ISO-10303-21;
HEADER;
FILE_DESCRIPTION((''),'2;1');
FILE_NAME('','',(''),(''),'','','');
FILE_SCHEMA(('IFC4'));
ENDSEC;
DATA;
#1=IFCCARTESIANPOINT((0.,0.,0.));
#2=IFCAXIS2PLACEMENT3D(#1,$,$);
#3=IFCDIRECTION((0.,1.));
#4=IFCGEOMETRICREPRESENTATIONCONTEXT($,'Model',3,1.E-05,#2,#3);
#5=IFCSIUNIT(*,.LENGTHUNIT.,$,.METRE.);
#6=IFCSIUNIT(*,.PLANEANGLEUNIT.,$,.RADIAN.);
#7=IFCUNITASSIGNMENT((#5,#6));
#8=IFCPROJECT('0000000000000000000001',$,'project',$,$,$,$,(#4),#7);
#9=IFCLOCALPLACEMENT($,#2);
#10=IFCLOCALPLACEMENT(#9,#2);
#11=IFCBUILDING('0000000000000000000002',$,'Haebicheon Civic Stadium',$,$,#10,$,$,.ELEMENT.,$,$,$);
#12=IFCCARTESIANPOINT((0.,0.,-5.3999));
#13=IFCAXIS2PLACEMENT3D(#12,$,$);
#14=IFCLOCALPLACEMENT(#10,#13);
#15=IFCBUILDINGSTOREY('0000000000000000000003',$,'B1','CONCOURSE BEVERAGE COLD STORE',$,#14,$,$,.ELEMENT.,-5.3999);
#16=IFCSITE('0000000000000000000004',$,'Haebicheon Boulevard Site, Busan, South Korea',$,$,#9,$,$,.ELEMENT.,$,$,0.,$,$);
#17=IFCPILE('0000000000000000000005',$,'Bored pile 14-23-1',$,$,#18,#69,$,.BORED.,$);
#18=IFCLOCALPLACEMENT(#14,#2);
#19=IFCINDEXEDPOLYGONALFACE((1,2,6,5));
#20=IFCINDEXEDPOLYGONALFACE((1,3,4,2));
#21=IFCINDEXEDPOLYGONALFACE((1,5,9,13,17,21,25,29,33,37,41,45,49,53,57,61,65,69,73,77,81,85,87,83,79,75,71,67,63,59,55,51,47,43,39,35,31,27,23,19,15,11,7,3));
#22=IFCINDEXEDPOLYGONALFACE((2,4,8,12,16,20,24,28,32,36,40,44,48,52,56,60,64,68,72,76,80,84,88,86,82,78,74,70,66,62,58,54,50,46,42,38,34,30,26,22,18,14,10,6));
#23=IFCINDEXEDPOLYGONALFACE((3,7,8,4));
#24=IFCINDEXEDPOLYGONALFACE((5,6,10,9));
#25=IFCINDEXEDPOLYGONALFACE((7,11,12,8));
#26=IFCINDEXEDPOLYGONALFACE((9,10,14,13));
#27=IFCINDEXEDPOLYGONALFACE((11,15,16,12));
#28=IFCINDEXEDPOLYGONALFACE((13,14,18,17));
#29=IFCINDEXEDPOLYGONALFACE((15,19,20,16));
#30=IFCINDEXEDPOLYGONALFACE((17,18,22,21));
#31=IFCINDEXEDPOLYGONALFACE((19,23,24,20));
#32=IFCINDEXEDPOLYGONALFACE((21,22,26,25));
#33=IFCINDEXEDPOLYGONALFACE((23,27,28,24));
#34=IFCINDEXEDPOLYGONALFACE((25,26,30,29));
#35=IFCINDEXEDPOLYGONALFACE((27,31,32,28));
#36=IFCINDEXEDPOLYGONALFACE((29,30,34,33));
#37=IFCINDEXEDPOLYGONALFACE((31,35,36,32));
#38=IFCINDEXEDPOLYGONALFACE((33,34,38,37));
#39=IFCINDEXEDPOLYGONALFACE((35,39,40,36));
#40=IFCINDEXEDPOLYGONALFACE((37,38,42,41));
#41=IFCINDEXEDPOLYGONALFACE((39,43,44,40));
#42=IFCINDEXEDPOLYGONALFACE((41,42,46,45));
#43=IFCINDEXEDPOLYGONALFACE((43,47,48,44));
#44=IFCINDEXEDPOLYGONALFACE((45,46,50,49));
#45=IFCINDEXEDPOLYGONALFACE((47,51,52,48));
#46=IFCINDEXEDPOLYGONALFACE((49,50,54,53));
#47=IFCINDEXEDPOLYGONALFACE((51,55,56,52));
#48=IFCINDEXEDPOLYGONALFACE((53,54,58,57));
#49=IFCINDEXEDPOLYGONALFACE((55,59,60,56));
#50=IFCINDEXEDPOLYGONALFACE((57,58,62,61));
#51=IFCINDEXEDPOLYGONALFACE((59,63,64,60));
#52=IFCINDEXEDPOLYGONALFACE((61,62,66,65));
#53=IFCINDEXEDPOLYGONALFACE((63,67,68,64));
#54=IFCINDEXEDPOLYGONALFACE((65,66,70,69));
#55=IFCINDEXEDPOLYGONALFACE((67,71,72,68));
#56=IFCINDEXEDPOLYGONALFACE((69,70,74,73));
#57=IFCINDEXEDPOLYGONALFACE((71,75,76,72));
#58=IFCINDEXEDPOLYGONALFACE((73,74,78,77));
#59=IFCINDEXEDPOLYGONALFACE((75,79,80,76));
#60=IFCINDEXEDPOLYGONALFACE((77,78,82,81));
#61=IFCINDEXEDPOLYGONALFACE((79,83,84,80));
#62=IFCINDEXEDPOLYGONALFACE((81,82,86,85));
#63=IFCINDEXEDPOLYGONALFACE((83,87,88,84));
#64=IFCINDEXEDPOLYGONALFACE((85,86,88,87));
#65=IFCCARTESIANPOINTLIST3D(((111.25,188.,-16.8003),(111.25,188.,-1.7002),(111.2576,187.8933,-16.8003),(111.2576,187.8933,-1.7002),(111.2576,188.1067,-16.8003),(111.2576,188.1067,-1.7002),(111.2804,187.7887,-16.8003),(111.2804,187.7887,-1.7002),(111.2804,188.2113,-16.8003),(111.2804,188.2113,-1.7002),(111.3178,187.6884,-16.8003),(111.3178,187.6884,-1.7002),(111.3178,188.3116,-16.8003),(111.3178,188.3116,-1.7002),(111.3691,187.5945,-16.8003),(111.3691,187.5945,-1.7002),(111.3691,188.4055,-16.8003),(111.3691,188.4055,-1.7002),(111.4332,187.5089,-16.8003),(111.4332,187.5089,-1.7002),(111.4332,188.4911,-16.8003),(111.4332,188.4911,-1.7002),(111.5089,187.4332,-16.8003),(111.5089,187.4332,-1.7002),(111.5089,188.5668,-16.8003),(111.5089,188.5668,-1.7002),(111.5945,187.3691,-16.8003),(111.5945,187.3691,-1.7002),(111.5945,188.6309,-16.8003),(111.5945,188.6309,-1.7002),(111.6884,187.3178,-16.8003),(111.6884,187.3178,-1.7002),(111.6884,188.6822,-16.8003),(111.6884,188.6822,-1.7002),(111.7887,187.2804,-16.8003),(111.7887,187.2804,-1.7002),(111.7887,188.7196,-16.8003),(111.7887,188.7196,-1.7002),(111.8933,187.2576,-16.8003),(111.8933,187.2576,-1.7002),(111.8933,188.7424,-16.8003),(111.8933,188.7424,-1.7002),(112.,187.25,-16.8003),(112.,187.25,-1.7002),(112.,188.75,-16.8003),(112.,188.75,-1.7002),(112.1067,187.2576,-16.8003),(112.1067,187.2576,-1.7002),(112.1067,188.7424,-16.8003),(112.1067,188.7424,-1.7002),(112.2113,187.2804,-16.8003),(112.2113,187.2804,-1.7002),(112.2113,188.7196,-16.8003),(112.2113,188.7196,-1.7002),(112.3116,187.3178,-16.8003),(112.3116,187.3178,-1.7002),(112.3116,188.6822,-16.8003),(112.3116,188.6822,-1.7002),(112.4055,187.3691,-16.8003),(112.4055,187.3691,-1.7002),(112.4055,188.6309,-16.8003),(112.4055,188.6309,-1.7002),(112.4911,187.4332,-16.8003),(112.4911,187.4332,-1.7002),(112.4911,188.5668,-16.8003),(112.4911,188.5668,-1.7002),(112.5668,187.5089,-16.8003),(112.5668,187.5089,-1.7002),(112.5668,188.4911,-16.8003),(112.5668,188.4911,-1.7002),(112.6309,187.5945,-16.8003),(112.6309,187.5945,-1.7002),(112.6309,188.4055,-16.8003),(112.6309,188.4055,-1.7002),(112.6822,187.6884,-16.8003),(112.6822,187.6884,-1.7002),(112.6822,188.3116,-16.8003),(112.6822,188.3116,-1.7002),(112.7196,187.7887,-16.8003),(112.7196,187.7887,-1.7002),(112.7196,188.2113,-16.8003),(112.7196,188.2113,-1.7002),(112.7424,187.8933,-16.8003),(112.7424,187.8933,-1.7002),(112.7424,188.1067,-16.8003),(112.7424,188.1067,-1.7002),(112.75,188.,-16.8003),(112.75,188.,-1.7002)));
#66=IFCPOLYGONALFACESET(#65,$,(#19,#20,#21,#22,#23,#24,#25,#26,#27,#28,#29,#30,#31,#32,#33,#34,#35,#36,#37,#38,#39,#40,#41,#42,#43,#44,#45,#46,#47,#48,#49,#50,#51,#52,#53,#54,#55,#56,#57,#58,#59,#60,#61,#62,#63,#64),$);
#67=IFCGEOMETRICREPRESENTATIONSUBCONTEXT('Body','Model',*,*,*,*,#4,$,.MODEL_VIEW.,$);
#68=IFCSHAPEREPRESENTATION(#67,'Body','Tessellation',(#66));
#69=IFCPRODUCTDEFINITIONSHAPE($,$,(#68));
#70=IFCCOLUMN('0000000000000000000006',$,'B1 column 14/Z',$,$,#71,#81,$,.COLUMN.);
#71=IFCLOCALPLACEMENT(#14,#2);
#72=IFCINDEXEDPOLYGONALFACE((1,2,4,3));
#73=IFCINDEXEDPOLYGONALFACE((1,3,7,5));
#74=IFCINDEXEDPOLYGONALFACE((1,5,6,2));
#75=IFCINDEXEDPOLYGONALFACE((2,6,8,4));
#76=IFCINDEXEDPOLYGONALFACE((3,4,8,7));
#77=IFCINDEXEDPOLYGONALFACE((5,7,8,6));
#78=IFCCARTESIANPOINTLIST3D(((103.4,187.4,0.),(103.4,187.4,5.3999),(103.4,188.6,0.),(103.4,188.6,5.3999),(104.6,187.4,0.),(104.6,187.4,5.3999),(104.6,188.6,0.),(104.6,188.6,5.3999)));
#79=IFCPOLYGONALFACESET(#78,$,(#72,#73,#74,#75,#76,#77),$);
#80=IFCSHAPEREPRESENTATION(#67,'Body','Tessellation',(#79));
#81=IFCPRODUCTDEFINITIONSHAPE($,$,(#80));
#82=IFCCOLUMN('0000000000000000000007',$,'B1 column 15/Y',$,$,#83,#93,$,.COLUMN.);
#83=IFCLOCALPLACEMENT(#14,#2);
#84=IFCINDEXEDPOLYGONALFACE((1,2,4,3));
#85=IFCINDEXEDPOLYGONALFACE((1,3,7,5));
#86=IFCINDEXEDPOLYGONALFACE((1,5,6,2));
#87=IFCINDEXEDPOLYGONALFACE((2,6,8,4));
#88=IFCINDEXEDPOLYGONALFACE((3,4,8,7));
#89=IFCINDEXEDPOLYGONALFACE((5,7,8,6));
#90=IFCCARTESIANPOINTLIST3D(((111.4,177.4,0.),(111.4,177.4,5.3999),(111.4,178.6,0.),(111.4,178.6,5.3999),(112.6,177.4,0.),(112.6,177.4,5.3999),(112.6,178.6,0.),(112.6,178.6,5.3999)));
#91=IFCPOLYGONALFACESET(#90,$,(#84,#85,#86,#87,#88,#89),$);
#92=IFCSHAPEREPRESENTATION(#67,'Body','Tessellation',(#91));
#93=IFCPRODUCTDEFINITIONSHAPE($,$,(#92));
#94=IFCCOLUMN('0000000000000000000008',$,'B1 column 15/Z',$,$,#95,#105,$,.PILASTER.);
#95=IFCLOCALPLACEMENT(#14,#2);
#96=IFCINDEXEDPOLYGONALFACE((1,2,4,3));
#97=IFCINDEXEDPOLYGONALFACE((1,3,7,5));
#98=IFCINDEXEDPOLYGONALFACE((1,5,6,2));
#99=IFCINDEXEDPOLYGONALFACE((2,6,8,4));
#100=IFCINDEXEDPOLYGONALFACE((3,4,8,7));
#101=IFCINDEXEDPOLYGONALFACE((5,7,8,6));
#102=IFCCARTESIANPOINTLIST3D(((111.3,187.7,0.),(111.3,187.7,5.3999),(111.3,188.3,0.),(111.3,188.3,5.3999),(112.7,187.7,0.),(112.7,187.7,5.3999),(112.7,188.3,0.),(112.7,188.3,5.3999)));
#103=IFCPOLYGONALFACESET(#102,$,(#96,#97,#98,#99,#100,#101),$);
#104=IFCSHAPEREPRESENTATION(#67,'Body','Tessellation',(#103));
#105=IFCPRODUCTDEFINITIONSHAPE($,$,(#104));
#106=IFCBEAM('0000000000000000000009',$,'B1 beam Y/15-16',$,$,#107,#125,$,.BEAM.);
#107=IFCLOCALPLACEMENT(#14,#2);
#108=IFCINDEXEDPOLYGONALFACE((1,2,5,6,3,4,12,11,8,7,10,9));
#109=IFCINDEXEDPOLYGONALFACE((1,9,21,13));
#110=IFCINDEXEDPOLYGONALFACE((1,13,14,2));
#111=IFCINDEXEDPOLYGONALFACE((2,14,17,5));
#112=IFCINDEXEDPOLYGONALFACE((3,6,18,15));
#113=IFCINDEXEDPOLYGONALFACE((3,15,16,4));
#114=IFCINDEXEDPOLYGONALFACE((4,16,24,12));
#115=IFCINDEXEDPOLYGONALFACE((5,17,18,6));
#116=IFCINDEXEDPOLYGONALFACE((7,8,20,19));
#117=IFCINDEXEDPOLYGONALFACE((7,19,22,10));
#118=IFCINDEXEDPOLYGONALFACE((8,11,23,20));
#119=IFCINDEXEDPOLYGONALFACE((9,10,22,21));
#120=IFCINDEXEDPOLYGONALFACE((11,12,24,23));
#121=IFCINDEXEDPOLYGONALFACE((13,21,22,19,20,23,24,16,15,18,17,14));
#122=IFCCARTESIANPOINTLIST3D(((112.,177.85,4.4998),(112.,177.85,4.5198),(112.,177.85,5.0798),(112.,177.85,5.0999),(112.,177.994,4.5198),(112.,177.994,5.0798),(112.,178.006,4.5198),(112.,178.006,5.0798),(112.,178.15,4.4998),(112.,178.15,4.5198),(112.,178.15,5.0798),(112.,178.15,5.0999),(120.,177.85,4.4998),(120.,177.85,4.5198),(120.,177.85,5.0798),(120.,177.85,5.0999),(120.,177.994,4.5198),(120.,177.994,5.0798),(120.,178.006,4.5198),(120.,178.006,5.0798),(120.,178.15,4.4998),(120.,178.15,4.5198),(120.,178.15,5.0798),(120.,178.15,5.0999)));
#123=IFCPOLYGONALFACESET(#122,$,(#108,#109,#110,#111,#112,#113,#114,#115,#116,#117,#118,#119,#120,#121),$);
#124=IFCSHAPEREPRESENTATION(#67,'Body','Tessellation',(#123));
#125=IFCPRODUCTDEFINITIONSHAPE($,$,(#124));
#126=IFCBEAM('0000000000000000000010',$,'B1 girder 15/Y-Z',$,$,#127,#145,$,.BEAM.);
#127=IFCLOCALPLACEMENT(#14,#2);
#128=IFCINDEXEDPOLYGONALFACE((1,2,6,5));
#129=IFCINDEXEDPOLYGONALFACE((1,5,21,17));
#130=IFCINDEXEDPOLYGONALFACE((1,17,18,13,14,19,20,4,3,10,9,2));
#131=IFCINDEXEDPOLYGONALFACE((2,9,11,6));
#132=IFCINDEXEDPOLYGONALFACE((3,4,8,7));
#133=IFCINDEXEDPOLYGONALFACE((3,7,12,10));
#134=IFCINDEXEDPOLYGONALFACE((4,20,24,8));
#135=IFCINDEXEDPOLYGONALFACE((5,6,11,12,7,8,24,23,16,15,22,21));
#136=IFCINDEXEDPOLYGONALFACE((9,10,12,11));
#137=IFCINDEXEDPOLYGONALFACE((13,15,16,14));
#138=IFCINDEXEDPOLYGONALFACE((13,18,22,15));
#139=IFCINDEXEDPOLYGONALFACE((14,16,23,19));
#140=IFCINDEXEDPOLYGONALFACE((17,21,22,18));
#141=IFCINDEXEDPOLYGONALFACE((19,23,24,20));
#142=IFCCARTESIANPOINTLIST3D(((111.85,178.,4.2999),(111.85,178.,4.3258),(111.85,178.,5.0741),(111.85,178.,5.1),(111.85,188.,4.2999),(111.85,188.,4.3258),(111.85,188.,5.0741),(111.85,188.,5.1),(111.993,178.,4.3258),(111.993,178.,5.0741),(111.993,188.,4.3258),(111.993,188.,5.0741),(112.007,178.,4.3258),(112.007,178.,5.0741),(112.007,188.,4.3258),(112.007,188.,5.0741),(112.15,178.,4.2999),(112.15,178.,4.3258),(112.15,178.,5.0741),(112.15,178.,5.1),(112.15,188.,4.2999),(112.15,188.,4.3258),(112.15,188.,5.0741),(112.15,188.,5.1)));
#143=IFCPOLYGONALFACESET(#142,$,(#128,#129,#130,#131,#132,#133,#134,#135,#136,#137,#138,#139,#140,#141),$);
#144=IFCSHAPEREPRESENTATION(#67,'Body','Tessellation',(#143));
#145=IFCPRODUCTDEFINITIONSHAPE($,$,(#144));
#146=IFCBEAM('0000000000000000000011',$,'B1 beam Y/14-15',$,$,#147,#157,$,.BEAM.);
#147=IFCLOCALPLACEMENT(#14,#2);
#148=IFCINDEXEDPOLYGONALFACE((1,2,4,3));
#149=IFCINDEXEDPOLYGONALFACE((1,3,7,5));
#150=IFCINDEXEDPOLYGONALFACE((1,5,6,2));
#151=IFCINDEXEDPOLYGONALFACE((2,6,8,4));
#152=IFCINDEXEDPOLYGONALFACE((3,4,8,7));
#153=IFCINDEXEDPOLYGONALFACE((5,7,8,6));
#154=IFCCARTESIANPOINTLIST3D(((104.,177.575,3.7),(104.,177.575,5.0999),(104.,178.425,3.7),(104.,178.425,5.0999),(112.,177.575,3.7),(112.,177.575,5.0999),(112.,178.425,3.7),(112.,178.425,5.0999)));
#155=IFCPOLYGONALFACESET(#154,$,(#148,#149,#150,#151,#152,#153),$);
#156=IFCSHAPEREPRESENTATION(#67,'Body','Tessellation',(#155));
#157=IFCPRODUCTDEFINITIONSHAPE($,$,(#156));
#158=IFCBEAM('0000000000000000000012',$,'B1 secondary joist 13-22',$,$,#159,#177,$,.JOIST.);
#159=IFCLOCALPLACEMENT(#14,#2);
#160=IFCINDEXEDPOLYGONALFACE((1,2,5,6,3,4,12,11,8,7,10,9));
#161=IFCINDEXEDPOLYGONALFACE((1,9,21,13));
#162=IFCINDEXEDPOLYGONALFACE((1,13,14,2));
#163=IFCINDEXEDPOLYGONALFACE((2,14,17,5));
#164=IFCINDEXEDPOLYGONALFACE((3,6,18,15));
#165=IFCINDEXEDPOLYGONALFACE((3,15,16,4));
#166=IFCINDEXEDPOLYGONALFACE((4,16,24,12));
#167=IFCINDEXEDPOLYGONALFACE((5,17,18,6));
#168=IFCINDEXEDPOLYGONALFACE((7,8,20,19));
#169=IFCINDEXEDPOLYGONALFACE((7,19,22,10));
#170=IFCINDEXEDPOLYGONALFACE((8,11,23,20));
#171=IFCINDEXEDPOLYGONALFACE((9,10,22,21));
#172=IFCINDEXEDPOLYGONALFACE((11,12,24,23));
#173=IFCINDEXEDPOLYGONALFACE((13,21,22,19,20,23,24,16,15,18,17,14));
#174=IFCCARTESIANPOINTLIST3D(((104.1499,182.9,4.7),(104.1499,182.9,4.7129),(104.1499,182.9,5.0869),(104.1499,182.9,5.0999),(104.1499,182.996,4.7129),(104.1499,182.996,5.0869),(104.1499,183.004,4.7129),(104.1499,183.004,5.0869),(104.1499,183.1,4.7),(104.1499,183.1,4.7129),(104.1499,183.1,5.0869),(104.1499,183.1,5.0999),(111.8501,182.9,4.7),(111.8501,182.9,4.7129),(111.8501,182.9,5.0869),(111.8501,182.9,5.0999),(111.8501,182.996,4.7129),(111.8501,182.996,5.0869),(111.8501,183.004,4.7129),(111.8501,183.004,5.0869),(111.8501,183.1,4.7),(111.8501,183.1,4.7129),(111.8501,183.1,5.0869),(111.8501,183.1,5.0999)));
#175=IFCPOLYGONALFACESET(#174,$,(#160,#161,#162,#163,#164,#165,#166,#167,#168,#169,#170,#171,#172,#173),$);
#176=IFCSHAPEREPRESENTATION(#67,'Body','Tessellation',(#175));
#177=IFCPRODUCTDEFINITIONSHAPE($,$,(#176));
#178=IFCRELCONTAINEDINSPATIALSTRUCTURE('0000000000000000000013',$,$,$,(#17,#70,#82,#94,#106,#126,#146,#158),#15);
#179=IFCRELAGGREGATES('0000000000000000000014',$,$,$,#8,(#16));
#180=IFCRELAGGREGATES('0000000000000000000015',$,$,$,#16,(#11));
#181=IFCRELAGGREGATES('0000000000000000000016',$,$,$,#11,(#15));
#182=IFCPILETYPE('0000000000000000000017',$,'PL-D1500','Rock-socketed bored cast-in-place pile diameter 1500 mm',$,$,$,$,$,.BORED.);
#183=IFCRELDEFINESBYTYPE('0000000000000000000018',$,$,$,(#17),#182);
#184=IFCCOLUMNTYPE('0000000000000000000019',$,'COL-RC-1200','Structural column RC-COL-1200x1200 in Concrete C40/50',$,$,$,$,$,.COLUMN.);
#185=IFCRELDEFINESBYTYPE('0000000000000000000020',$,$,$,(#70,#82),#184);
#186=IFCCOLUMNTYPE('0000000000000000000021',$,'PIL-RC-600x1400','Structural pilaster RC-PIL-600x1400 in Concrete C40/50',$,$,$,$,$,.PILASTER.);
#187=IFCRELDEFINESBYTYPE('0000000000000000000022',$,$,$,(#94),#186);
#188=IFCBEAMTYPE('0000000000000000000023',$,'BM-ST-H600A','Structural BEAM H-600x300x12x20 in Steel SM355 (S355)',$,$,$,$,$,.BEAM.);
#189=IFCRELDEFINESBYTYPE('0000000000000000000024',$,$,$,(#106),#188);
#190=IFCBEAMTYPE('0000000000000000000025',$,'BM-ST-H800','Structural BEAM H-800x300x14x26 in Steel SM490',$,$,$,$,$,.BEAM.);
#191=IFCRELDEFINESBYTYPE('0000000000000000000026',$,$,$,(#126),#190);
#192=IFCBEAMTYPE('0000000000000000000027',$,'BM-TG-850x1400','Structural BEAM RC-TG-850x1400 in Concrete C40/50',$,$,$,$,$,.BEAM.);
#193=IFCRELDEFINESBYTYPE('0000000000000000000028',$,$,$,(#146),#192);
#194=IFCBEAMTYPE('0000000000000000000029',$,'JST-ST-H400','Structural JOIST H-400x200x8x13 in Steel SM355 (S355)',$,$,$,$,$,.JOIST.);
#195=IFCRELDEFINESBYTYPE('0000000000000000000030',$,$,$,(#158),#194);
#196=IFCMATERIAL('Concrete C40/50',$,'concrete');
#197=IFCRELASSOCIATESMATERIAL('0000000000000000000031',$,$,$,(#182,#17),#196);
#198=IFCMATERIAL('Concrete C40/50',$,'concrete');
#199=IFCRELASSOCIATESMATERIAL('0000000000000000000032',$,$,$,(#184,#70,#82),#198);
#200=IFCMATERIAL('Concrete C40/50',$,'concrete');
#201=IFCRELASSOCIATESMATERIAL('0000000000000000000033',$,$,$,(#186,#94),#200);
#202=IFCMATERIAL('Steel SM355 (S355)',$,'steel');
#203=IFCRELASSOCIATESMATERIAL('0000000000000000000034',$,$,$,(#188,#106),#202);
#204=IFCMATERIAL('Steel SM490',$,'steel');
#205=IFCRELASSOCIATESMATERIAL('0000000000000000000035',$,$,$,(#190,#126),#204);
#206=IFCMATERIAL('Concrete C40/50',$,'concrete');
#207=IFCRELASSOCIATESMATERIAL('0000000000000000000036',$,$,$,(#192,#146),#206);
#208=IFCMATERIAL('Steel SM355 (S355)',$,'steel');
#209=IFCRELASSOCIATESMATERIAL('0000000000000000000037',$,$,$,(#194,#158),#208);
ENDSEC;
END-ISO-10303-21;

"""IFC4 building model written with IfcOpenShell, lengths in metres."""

from ifc_helpers import new_model, si_unit, direction, frame, origin, origin_2d, place, context, subcontext, project, spatial, rectangle, circle, i_section, extrude, material, material_profile, profile_set, type_object, element, save


model = new_model("IFC4")

# Units and contexts
model_context = context("Model", 3, precision=1e-05, world=origin(), true_north=direction((0.0, 1.0)))
body_context = subcontext(model_context, "Body", "Model", "MODEL_VIEW")
ifc_project = project(units=[si_unit("LENGTHUNIT", "METRE"), si_unit("PLANEANGLEUNIT", "RADIAN")], contexts=[model_context])

# Site, building, storey
site_placement = place(None, origin())
site = spatial("IfcSite", under=ifc_project, at=site_placement, Name="Haebicheon Boulevard Site, Busan, South Korea", CompositionType="ELEMENT", RefElevation=0.0)
building_placement = place(site_placement, origin())
building = spatial("IfcBuilding", under=site, at=building_placement, Name="Haebicheon Civic Stadium", CompositionType="ELEMENT")
storey_placement = place(building_placement, frame((0.0, 0.0, -5.3999)))
storey = spatial("IfcBuildingStorey", under=building, at=storey_placement, Name="B1", Description="CONCOURSE BEVERAGE COLD STORE", CompositionType="ELEMENT", Elevation=-5.3999)

# Pile
ifc_material_1 = material(Name="Concrete C40/50", Category="concrete")
ifc_material_profile_1 = material_profile(ifc_material_1, circle(Radius=0.75, at=origin_2d()), Name="PILE-D1500")
ifc_profile_set_1 = profile_set([ifc_material_profile_1], Name="Concrete C40/50")
pile_type_1 = type_object("IfcPileType", Name="PL-D1500", Description="Rock-socketed bored cast-in-place pile diameter 1500 mm", PredefinedType="BORED", material=ifc_profile_set_1)
pile_placement = place(storey_placement, frame((112.0, 188.0, -1.7002), z_axis=(0.0, 0.0, -1.0), x_axis=(1.0, 0.0, 0.0)))
element("IfcPile", 1, at=pile_placement, inside=storey, type_object=pile_type_1, material=ifc_profile_set_1, Name="Bored pile 14-23-1", PredefinedType="BORED", context=body_context, shape_type="SweptSolid", body=[
    extrude(circle(Radius=0.75, at=origin_2d()), origin(), (0.0, 0.0, 1.0), 15.1001),
])

# Columns
ifc_material_2 = material(Name="Concrete C40/50", Category="concrete")
ifc_material_profile_2 = material_profile(ifc_material_2, rectangle(XDim=1.2, YDim=1.2, at=origin_2d()), Name="RC-COL-1200x1200")
ifc_profile_set_2 = profile_set([ifc_material_profile_2], Name="Concrete C40/50")
column_type_1 = type_object("IfcColumnType", Name="COL-RC-1200", Description="Structural column RC-COL-1200x1200 in Concrete C40/50", PredefinedType="COLUMN", material=ifc_profile_set_2)
for number, where, z_axis, x_axis, name in (
    (2, (104.0, 188.0, 0.0), (0.0, 0.0, 1.0), (1.0, 0.0, 0.0), "B1 column 14/Z"),
    (3, (112.0, 178.0, 0.0), (0.0, 0.0, 1.0), (1.0, 0.0, 0.0), "B1 column 15/Y"),
):
    element("IfcColumn", number, at=place(storey_placement, frame(where, z_axis=z_axis, x_axis=x_axis)), inside=storey, type_object=column_type_1, material=ifc_profile_set_2, Name=name, PredefinedType="COLUMN", context=body_context, shape_type="SweptSolid", body=[
        extrude(rectangle(XDim=1.2, YDim=1.2, at=origin_2d()), origin(), (0.0, 0.0, 1.0), 5.3999),
    ])
ifc_material_3 = material(Name="Concrete C40/50", Category="concrete")
ifc_material_profile_3 = material_profile(ifc_material_3, rectangle(XDim=0.6001, YDim=1.3999, at=origin_2d()), Name="RC-PIL-600x1400")
ifc_profile_set_3 = profile_set([ifc_material_profile_3], Name="Concrete C40/50")
column_type_2 = type_object("IfcColumnType", Name="PIL-RC-600x1400", Description="Structural pilaster RC-PIL-600x1400 in Concrete C40/50", PredefinedType="PILASTER", material=ifc_profile_set_3)
column_placement = place(storey_placement, frame((112.0, 188.0, 0.0), z_axis=(0.0, 0.0, 1.0), x_axis=(0.0, 1.0, 0.0)))
element("IfcColumn", 4, at=column_placement, inside=storey, type_object=column_type_2, material=ifc_profile_set_3, Name="B1 column 15/Z", PredefinedType="PILASTER", context=body_context, shape_type="SweptSolid", body=[
    extrude(rectangle(XDim=0.6001, YDim=1.3999, at=origin_2d()), origin(), (0.0, 0.0, 1.0), 5.3999),
])

# Beams
ifc_material_4 = material(Name="Steel SM355 (S355)", Category="steel")
ifc_material_profile_4 = material_profile(ifc_material_4, i_section(OverallWidth=0.3, OverallDepth=0.6001, WebThickness=0.012, FlangeThickness=0.02, at=origin_2d()), Name="H-600x300x12x20")
ifc_profile_set_4 = profile_set([ifc_material_profile_4], Name="Steel SM355 (S355)")
beam_type_1 = type_object("IfcBeamType", Name="BM-ST-H600A", Description="Structural BEAM H-600x300x12x20 in Steel SM355 (S355)", PredefinedType="BEAM", material=ifc_profile_set_4)
beam_1_placement = place(storey_placement, frame((112.0, 178.0, 4.7998), z_axis=(1.0, 0.0, 0.0), x_axis=(0.0, 1.0, 0.0)))
element("IfcBeam", 5, at=beam_1_placement, inside=storey, type_object=beam_type_1, material=ifc_profile_set_4, Name="B1 beam Y/15-16", PredefinedType="BEAM", context=body_context, shape_type="SweptSolid", body=[
    extrude(i_section(OverallWidth=0.3, OverallDepth=0.6001, WebThickness=0.012, FlangeThickness=0.02, at=origin_2d()), origin(), (0.0, 0.0, 1.0), 8.0),
])
ifc_material_5 = material(Name="Steel SM490", Category="steel")
ifc_material_profile_5 = material_profile(ifc_material_5, i_section(OverallWidth=0.3, OverallDepth=0.8, WebThickness=0.0139, FlangeThickness=0.0259, at=origin_2d()), Name="H-800x300x14x26")
ifc_profile_set_5 = profile_set([ifc_material_profile_5], Name="Steel SM490")
beam_type_2 = type_object("IfcBeamType", Name="BM-ST-H800", Description="Structural BEAM H-800x300x14x26 in Steel SM490", PredefinedType="BEAM", material=ifc_profile_set_5)
beam_2_placement = place(storey_placement, frame((112.0, 178.0, 4.7), z_axis=(0.0, 1.0, 0.0), x_axis=(-1.0, 0.0, 0.0)))
element("IfcBeam", 6, at=beam_2_placement, inside=storey, type_object=beam_type_2, material=ifc_profile_set_5, Name="B1 girder 15/Y-Z", PredefinedType="BEAM", context=body_context, shape_type="SweptSolid", body=[
    extrude(i_section(OverallWidth=0.3, OverallDepth=0.8, WebThickness=0.0139, FlangeThickness=0.0259, at=origin_2d()), origin(), (0.0, 0.0, 1.0), 10.0),
])
ifc_material_6 = material(Name="Concrete C40/50", Category="concrete")
ifc_material_profile_6 = material_profile(ifc_material_6, rectangle(XDim=0.8501, YDim=1.3999, at=origin_2d()), Name="RC-TG-850x1400")
ifc_profile_set_6 = profile_set([ifc_material_profile_6], Name="Concrete C40/50")
beam_type_3 = type_object("IfcBeamType", Name="BM-TG-850x1400", Description="Structural BEAM RC-TG-850x1400 in Concrete C40/50", PredefinedType="BEAM", material=ifc_profile_set_6)
beam_3_placement = place(storey_placement, frame((104.0, 178.0, 4.3999), z_axis=(1.0, 0.0, 0.0), x_axis=(0.0, 1.0, 0.0)))
element("IfcBeam", 7, at=beam_3_placement, inside=storey, type_object=beam_type_3, material=ifc_profile_set_6, Name="B1 beam Y/14-15", PredefinedType="BEAM", context=body_context, shape_type="SweptSolid", body=[
    extrude(rectangle(XDim=0.8501, YDim=1.3999, at=origin_2d()), origin(), (0.0, 0.0, 1.0), 8.0),
])
ifc_material_7 = material(Name="Steel SM355 (S355)", Category="steel")
ifc_material_profile_7 = material_profile(ifc_material_7, i_section(OverallWidth=0.2, OverallDepth=0.3999, WebThickness=0.0081, FlangeThickness=0.0129, at=origin_2d()), Name="H-400x200x8x13")
ifc_profile_set_7 = profile_set([ifc_material_profile_7], Name="Steel SM355 (S355)")
beam_type_4 = type_object("IfcBeamType", Name="JST-ST-H400", Description="Structural JOIST H-400x200x8x13 in Steel SM355 (S355)", PredefinedType="JOIST", material=ifc_profile_set_7)
for number, where, z_axis, x_axis, name in (
    (8, (104.1499, 183.0, 4.8999), (1.0, 0.0, 0.0), (0.0, 1.0, 0.0), "B1 secondary joist 13-22"),
):
    element("IfcBeam", number, at=place(storey_placement, frame(where, z_axis=z_axis, x_axis=x_axis)), inside=storey, type_object=beam_type_4, material=ifc_profile_set_7, Name=name, PredefinedType="JOIST", context=body_context, shape_type="SweptSolid", body=[
        extrude(i_section(OverallWidth=0.2, OverallDepth=0.3999, WebThickness=0.0081, FlangeThickness=0.0129, at=origin_2d()), origin(), (0.0, 0.0, 1.0), 7.7002),
    ])

save(model, "model.ifc")
